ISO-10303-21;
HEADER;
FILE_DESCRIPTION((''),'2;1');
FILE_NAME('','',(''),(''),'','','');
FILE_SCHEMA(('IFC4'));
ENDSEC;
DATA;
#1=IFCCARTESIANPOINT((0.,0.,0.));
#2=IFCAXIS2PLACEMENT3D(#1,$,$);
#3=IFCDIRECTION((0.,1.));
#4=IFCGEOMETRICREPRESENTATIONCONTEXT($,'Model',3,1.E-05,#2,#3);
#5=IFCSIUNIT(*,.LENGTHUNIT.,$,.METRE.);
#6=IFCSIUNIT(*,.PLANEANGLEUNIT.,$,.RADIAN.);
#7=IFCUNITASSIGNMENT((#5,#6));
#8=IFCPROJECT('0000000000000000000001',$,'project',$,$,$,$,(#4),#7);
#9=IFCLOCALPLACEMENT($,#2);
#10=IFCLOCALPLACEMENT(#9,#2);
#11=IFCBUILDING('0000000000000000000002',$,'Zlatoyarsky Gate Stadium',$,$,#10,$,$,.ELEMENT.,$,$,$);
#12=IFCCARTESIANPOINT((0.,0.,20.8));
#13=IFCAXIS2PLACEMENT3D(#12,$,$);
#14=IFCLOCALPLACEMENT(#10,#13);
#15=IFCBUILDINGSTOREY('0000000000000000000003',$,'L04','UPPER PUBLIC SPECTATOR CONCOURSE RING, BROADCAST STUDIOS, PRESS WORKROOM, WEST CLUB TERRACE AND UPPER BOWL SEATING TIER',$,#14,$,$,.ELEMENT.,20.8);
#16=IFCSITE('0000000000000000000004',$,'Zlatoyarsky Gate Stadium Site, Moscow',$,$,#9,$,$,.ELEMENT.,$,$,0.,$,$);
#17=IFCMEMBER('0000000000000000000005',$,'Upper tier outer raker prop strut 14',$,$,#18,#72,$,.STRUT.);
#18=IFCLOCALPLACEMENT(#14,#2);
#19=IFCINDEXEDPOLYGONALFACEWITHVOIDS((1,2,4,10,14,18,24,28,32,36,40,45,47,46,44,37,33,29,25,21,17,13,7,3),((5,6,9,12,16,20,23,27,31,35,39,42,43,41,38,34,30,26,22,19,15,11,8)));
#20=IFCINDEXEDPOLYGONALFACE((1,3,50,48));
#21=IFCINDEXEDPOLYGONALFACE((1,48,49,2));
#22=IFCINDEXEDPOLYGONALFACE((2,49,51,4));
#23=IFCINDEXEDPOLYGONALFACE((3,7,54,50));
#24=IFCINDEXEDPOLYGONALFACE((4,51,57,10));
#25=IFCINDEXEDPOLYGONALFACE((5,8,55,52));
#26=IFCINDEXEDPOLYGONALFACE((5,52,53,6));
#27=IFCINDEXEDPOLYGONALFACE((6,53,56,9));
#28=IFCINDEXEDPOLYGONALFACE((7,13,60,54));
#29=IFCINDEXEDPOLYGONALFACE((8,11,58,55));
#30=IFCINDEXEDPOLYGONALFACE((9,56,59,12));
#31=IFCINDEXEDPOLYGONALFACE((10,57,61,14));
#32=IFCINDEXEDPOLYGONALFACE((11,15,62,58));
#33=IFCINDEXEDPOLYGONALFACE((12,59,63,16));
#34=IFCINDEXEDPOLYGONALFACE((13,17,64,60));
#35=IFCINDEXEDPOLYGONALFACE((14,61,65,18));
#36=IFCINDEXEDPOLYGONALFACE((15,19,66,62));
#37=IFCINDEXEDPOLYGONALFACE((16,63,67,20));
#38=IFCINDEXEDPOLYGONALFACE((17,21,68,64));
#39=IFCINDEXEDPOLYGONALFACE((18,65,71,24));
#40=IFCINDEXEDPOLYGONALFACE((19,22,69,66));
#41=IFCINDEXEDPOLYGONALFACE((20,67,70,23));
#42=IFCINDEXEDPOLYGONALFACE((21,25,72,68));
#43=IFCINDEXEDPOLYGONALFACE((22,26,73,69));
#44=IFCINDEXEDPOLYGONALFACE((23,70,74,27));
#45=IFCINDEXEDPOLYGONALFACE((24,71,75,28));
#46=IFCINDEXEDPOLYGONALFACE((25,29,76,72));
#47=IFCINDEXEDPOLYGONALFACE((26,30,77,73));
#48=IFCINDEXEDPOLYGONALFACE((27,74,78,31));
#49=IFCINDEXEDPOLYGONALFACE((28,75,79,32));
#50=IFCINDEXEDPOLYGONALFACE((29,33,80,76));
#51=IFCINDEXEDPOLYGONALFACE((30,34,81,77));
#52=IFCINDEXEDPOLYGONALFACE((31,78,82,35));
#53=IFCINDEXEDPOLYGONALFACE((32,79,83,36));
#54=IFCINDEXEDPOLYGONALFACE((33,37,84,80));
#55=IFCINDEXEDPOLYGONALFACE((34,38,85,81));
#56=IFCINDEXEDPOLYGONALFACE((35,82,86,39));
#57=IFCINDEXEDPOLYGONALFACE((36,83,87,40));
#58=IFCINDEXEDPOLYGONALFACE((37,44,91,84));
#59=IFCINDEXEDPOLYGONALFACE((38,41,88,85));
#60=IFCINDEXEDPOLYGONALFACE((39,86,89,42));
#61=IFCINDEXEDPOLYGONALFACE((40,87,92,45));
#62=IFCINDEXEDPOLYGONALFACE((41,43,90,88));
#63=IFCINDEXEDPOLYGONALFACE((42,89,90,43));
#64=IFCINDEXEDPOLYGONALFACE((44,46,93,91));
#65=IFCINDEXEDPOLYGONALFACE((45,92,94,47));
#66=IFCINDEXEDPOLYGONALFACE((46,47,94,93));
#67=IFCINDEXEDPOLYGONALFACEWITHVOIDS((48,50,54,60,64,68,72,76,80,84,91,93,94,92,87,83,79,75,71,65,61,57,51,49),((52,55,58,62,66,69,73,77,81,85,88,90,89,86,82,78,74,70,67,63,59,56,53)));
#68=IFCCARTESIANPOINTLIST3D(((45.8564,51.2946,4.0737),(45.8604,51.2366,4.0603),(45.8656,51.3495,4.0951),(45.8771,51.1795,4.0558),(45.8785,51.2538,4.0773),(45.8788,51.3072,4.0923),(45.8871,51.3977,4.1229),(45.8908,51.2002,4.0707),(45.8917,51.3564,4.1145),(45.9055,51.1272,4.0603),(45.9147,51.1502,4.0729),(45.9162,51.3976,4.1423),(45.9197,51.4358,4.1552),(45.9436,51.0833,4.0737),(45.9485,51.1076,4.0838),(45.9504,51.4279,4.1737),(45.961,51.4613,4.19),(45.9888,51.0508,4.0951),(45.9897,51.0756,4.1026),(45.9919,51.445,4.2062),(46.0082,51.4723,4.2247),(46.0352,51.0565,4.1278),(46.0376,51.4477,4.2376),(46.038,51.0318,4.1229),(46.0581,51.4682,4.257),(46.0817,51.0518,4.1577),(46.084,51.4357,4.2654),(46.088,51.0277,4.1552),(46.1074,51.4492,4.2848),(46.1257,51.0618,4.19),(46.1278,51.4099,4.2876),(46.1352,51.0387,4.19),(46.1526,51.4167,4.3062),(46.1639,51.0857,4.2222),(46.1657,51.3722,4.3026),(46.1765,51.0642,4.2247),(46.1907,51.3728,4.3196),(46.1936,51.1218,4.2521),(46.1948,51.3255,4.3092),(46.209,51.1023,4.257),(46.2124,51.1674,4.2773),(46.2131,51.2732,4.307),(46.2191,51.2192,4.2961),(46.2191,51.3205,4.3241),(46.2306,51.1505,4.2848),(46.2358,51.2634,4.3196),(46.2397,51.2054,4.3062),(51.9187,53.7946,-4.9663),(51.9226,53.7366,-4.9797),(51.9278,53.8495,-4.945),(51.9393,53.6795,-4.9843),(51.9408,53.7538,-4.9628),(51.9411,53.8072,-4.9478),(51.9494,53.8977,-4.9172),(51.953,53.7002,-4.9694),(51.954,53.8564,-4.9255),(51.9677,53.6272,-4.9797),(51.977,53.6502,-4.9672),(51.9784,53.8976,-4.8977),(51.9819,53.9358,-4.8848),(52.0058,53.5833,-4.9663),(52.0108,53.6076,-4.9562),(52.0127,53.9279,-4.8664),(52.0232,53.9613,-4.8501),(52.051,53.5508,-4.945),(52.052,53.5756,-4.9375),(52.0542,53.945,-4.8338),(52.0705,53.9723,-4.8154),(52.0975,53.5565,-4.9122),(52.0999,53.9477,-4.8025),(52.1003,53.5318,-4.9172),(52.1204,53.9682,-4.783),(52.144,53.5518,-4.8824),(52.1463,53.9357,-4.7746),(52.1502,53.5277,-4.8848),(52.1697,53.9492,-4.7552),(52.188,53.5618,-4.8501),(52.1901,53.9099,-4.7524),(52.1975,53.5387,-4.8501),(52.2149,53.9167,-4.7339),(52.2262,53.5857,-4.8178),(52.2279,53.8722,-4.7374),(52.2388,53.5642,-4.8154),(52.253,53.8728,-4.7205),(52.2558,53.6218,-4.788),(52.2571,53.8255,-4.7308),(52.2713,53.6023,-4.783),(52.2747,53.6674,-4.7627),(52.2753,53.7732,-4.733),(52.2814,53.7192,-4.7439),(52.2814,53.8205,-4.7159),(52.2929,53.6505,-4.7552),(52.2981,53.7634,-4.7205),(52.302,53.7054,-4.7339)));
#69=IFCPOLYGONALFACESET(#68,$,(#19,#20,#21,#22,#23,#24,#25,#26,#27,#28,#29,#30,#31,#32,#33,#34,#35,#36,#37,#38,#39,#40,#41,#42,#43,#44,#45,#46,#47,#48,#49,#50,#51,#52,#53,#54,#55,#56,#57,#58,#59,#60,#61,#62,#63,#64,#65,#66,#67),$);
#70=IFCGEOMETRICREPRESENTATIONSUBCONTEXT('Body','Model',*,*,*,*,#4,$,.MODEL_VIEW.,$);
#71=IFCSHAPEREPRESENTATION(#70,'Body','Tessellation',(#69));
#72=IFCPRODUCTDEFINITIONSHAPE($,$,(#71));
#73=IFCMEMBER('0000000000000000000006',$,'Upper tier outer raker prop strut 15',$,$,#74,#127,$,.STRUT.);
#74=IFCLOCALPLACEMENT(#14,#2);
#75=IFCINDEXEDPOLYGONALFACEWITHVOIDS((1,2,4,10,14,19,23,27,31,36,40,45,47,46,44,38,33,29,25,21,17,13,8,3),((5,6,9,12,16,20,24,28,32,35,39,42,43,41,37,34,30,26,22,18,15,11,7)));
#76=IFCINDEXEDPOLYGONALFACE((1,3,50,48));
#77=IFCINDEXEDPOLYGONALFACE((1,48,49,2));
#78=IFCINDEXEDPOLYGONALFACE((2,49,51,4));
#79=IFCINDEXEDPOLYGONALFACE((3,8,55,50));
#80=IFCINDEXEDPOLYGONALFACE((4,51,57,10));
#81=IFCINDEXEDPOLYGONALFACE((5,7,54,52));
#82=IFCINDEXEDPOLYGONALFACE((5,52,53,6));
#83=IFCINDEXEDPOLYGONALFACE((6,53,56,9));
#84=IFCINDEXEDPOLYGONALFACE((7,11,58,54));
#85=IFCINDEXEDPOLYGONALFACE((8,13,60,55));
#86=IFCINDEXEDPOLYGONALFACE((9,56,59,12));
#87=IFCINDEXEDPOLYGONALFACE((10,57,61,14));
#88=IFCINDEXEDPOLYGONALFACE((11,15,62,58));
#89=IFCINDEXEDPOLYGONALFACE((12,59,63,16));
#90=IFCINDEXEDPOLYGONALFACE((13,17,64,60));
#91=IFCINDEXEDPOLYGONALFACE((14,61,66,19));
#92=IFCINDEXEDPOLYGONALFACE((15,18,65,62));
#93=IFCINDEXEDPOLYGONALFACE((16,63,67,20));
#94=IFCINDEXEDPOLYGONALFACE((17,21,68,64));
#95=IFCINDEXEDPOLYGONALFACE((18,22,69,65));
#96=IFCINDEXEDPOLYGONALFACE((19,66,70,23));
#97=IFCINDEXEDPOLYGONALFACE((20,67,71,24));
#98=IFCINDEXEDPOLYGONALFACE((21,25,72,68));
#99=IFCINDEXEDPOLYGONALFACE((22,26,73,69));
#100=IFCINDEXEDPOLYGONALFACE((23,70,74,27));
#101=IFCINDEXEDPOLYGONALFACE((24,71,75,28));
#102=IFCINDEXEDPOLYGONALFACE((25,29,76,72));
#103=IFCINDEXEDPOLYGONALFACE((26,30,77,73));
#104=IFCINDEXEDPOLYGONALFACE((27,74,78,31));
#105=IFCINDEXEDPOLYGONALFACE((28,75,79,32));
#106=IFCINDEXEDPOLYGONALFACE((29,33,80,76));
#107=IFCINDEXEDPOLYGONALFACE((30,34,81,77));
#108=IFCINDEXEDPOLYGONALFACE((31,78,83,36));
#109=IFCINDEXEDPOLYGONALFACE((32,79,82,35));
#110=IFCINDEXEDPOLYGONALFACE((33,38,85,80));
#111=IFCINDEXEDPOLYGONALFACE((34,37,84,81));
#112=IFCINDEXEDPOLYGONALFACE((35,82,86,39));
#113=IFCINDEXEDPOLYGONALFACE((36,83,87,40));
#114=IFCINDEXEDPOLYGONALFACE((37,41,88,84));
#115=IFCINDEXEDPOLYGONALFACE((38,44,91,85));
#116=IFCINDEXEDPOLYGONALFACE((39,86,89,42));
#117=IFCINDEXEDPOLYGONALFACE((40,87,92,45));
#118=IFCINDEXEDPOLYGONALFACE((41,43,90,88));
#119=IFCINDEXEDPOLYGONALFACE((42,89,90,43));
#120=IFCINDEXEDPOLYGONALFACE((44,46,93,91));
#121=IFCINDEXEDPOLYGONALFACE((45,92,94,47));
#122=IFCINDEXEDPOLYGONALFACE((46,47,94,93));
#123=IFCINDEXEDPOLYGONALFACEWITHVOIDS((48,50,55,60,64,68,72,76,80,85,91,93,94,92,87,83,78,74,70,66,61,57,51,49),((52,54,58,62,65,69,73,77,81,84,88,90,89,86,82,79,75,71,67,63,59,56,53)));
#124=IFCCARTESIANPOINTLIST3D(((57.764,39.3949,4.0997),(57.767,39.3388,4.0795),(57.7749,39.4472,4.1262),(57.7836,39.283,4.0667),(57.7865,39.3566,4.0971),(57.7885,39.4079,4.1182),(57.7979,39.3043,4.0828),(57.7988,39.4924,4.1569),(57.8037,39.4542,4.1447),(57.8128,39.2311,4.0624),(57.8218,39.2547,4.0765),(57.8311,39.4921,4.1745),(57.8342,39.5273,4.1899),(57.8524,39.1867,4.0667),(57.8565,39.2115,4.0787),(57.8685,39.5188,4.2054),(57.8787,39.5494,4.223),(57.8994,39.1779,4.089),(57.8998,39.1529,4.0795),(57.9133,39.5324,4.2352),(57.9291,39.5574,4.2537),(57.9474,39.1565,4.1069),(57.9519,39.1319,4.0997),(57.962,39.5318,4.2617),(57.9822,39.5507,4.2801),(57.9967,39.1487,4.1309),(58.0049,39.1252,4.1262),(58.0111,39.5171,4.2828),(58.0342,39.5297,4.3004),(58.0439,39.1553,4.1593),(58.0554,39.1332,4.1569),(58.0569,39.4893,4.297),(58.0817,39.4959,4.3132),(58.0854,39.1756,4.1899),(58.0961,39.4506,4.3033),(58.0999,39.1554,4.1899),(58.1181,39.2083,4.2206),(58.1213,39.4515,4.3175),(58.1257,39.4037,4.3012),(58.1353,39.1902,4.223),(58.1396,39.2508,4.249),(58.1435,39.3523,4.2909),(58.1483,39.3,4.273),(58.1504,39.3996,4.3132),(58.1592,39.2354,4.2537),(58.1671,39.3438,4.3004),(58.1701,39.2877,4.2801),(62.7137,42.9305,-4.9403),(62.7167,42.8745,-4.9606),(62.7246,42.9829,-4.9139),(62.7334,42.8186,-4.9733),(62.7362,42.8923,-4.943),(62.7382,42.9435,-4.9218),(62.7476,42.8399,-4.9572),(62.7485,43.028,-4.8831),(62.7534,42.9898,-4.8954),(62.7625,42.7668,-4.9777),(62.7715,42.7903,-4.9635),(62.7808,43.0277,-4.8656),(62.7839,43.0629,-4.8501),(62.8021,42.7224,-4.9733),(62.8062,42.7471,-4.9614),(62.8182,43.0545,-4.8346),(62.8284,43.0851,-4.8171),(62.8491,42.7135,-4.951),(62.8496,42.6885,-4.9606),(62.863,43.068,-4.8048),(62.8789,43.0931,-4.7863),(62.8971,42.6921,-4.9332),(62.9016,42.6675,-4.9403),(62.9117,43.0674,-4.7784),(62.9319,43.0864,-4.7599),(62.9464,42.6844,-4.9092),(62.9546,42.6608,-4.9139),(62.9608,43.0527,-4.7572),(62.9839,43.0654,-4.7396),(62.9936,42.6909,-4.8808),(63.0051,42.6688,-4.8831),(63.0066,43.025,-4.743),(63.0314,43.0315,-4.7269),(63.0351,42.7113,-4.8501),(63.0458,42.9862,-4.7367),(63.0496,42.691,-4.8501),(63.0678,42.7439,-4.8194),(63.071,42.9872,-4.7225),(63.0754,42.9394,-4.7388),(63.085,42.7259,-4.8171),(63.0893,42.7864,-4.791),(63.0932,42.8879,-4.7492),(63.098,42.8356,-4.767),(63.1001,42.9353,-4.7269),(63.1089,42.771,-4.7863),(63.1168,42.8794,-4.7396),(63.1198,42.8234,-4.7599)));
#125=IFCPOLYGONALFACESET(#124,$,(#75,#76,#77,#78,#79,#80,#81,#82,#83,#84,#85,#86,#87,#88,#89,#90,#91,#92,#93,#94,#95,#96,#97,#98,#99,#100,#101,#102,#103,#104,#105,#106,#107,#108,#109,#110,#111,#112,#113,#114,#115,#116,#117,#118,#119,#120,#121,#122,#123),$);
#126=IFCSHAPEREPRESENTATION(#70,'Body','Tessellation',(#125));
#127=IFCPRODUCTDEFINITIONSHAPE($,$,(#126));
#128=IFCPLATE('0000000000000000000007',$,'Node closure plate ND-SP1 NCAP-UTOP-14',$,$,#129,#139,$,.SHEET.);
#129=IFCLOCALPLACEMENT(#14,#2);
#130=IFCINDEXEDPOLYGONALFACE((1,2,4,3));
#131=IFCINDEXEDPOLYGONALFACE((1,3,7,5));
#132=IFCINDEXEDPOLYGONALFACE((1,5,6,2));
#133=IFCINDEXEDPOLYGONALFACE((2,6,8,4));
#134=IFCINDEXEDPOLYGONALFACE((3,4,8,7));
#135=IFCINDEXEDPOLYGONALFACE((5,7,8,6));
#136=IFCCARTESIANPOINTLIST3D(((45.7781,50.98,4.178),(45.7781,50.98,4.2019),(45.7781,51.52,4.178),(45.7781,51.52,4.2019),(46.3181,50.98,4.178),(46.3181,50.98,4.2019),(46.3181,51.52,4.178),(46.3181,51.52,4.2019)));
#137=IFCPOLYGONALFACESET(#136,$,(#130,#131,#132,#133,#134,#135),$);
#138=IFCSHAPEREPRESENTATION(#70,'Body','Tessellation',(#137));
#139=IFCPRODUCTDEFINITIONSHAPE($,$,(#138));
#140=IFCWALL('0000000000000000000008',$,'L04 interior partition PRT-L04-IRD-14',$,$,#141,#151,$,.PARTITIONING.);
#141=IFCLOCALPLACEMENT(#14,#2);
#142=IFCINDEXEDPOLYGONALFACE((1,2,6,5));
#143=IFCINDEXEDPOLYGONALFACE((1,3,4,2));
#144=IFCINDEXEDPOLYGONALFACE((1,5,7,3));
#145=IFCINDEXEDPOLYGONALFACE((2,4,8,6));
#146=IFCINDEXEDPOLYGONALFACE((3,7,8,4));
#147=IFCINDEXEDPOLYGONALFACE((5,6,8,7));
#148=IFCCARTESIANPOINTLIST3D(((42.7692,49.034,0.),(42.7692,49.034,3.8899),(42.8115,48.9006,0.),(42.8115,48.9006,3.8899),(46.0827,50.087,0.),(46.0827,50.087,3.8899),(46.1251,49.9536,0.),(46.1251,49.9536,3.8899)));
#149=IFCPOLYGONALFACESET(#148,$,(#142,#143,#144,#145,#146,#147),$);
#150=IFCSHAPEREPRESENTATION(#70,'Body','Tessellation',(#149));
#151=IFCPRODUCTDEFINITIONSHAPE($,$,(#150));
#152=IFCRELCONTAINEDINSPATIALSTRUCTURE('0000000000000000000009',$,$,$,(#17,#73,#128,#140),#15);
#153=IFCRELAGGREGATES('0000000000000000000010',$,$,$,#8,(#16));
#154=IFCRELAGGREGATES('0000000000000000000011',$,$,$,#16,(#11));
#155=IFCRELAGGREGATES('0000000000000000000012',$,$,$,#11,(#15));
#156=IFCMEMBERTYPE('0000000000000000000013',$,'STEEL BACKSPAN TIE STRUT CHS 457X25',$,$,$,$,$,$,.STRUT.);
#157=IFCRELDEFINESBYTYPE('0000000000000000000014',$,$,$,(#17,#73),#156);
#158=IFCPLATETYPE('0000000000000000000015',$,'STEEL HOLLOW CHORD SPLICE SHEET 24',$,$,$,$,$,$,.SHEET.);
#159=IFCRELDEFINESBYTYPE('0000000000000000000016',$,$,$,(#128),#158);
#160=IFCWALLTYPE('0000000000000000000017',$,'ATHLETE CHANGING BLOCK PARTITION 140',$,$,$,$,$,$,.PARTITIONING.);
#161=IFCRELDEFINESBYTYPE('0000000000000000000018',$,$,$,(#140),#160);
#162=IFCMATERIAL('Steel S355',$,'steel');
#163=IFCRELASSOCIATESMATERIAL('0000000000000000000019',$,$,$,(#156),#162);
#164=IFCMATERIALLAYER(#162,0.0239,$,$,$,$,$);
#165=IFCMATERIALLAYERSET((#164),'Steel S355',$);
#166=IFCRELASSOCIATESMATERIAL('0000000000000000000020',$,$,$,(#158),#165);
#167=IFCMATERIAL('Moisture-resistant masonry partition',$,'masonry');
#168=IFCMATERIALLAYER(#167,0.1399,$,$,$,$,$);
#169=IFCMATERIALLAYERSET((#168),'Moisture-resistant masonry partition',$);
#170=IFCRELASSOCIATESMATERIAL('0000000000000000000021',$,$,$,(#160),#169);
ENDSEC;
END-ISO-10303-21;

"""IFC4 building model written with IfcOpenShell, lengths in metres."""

from ifc_helpers import new_model, si_unit, direction, frame, frame_2d, origin, origin_2d, place, context, subcontext, project, spatial, rectangle, hollow_circle, extrude, material, layer, layer_set, material_profile, profile_set, type_object, element, save


model = new_model("IFC4")

# Units and contexts
model_context = context("Model", 3, precision=1e-05, world=origin(), true_north=direction((0.0, 1.0)))
body_context = subcontext(model_context, "Body", "Model", "MODEL_VIEW")
ifc_project = project(units=[si_unit("LENGTHUNIT", "METRE"), si_unit("PLANEANGLEUNIT", "RADIAN")], contexts=[model_context])

# Site, building, storey
site_placement = place(None, origin())
site = spatial("IfcSite", under=ifc_project, at=site_placement, Name="Zlatoyarsky Gate Stadium Site, Moscow", CompositionType="ELEMENT", RefElevation=0.0)
building_placement = place(site_placement, origin())
building = spatial("IfcBuilding", under=site, at=building_placement, Name="Zlatoyarsky Gate Stadium", CompositionType="ELEMENT")
storey_placement = place(building_placement, frame((0.0, 0.0, 20.8)))
storey = spatial("IfcBuildingStorey", under=building, at=storey_placement, Name="L04", Description="UPPER PUBLIC SPECTATOR CONCOURSE RING, BROADCAST STUDIOS, PRESS WORKROOM, WEST CLUB TERRACE AND UPPER BOWL SEATING TIER", CompositionType="ELEMENT", Elevation=20.8)

# Members
ifc_material_1 = material(Name="Steel S355", Category="steel")
ifc_material_profile_1 = material_profile(ifc_material_1, hollow_circle(Radius=0.2285, WallThickness=0.0249, at=origin_2d()), Name="CHS 457X25")
ifc_profile_set_1 = profile_set([ifc_material_profile_1], Name="Steel S355")
member_type = type_object("IfcMemberType", Name="STEEL BACKSPAN TIE STRUT CHS 457X25", PredefinedType="STRUT", material=ifc_profile_set_1)
member_1_placement = place(storey_placement, frame((52.1104, 53.75, -4.8501), z_axis=(-0.542826, -0.223855, 0.809462), x_axis=(0.381242, -0.924475, 0.0)))
element("IfcMember", 1, at=member_1_placement, inside=storey, type_object=member_type, Name="Upper tier outer raker prop strut 14", PredefinedType="STRUT", context=body_context, shape_type="SweptSolid", body=[
    extrude(hollow_circle(Radius=0.2285, WallThickness=0.0249, at=origin_2d()), origin(), (0.0, 0.0, 1.0), 11.168),
])
member_2_placement = place(storey_placement, frame((62.9167, 42.877, -4.8501), z_axis=(-0.454269, -0.32449, 0.829666), x_axis=(0.581253, -0.813723, 0.0)))
element("IfcMember", 2, at=member_2_placement, inside=storey, type_object=member_type, Name="Upper tier outer raker prop strut 15", PredefinedType="STRUT", context=body_context, shape_type="SweptSolid", body=[
    extrude(hollow_circle(Radius=0.2285, WallThickness=0.0249, at=origin_2d()), origin(), (0.0, 0.0, 1.0), 10.896),
])

# Plate
ifc_layer_1 = layer(ifc_material_1, 0.0239)
ifc_layer_set_1 = layer_set([ifc_layer_1], Name="Steel S355")
plate_type = type_object("IfcPlateType", Name="STEEL HOLLOW CHORD SPLICE SHEET 24", PredefinedType="SHEET", material=ifc_layer_set_1)
plate_placement = place(storey_placement, frame((46.0481, 51.25, 4.178), z_axis=(0.0, 0.0, 1.0), x_axis=(1.0, 0.0, 0.0)))
element("IfcPlate", 3, at=plate_placement, inside=storey, type_object=plate_type, Name="Node closure plate ND-SP1 NCAP-UTOP-14", PredefinedType="SHEET", context=body_context, shape_type="SweptSolid", body=[
    extrude(rectangle(XDim=0.54, YDim=0.54, at=origin_2d()), origin(), (0.0, 0.0, 1.0), 0.0239),
])

# Wall
ifc_material_2 = material(Name="Moisture-resistant masonry partition", Category="masonry")
ifc_layer_2 = layer(ifc_material_2, 0.1399)
ifc_layer_set_2 = layer_set([ifc_layer_2], Name="Moisture-resistant masonry partition")
wall_type = type_object("IfcWallType", Name="ATHLETE CHANGING BLOCK PARTITION 140", PredefinedType="PARTITIONING", material=ifc_layer_set_2)
wall_placement = place(storey_placement, frame((46.1038, 50.0203, 0.0), z_axis=(0.0, 0.0, 1.0), x_axis=(-0.953035, -0.302862, 0.0)))
element("IfcWall", 4, at=wall_placement, inside=storey, type_object=wall_type, Name="L04 interior partition PRT-L04-IRD-14", PredefinedType="PARTITIONING", context=body_context, shape_type="SweptSolid", body=[
    extrude(rectangle(XDim=3.4768, YDim=0.1399, at=frame_2d((1.7383, 0.0))), origin(), (0.0, 0.0, 1.0), 3.8899),
])

save(model, "model.ifc")
